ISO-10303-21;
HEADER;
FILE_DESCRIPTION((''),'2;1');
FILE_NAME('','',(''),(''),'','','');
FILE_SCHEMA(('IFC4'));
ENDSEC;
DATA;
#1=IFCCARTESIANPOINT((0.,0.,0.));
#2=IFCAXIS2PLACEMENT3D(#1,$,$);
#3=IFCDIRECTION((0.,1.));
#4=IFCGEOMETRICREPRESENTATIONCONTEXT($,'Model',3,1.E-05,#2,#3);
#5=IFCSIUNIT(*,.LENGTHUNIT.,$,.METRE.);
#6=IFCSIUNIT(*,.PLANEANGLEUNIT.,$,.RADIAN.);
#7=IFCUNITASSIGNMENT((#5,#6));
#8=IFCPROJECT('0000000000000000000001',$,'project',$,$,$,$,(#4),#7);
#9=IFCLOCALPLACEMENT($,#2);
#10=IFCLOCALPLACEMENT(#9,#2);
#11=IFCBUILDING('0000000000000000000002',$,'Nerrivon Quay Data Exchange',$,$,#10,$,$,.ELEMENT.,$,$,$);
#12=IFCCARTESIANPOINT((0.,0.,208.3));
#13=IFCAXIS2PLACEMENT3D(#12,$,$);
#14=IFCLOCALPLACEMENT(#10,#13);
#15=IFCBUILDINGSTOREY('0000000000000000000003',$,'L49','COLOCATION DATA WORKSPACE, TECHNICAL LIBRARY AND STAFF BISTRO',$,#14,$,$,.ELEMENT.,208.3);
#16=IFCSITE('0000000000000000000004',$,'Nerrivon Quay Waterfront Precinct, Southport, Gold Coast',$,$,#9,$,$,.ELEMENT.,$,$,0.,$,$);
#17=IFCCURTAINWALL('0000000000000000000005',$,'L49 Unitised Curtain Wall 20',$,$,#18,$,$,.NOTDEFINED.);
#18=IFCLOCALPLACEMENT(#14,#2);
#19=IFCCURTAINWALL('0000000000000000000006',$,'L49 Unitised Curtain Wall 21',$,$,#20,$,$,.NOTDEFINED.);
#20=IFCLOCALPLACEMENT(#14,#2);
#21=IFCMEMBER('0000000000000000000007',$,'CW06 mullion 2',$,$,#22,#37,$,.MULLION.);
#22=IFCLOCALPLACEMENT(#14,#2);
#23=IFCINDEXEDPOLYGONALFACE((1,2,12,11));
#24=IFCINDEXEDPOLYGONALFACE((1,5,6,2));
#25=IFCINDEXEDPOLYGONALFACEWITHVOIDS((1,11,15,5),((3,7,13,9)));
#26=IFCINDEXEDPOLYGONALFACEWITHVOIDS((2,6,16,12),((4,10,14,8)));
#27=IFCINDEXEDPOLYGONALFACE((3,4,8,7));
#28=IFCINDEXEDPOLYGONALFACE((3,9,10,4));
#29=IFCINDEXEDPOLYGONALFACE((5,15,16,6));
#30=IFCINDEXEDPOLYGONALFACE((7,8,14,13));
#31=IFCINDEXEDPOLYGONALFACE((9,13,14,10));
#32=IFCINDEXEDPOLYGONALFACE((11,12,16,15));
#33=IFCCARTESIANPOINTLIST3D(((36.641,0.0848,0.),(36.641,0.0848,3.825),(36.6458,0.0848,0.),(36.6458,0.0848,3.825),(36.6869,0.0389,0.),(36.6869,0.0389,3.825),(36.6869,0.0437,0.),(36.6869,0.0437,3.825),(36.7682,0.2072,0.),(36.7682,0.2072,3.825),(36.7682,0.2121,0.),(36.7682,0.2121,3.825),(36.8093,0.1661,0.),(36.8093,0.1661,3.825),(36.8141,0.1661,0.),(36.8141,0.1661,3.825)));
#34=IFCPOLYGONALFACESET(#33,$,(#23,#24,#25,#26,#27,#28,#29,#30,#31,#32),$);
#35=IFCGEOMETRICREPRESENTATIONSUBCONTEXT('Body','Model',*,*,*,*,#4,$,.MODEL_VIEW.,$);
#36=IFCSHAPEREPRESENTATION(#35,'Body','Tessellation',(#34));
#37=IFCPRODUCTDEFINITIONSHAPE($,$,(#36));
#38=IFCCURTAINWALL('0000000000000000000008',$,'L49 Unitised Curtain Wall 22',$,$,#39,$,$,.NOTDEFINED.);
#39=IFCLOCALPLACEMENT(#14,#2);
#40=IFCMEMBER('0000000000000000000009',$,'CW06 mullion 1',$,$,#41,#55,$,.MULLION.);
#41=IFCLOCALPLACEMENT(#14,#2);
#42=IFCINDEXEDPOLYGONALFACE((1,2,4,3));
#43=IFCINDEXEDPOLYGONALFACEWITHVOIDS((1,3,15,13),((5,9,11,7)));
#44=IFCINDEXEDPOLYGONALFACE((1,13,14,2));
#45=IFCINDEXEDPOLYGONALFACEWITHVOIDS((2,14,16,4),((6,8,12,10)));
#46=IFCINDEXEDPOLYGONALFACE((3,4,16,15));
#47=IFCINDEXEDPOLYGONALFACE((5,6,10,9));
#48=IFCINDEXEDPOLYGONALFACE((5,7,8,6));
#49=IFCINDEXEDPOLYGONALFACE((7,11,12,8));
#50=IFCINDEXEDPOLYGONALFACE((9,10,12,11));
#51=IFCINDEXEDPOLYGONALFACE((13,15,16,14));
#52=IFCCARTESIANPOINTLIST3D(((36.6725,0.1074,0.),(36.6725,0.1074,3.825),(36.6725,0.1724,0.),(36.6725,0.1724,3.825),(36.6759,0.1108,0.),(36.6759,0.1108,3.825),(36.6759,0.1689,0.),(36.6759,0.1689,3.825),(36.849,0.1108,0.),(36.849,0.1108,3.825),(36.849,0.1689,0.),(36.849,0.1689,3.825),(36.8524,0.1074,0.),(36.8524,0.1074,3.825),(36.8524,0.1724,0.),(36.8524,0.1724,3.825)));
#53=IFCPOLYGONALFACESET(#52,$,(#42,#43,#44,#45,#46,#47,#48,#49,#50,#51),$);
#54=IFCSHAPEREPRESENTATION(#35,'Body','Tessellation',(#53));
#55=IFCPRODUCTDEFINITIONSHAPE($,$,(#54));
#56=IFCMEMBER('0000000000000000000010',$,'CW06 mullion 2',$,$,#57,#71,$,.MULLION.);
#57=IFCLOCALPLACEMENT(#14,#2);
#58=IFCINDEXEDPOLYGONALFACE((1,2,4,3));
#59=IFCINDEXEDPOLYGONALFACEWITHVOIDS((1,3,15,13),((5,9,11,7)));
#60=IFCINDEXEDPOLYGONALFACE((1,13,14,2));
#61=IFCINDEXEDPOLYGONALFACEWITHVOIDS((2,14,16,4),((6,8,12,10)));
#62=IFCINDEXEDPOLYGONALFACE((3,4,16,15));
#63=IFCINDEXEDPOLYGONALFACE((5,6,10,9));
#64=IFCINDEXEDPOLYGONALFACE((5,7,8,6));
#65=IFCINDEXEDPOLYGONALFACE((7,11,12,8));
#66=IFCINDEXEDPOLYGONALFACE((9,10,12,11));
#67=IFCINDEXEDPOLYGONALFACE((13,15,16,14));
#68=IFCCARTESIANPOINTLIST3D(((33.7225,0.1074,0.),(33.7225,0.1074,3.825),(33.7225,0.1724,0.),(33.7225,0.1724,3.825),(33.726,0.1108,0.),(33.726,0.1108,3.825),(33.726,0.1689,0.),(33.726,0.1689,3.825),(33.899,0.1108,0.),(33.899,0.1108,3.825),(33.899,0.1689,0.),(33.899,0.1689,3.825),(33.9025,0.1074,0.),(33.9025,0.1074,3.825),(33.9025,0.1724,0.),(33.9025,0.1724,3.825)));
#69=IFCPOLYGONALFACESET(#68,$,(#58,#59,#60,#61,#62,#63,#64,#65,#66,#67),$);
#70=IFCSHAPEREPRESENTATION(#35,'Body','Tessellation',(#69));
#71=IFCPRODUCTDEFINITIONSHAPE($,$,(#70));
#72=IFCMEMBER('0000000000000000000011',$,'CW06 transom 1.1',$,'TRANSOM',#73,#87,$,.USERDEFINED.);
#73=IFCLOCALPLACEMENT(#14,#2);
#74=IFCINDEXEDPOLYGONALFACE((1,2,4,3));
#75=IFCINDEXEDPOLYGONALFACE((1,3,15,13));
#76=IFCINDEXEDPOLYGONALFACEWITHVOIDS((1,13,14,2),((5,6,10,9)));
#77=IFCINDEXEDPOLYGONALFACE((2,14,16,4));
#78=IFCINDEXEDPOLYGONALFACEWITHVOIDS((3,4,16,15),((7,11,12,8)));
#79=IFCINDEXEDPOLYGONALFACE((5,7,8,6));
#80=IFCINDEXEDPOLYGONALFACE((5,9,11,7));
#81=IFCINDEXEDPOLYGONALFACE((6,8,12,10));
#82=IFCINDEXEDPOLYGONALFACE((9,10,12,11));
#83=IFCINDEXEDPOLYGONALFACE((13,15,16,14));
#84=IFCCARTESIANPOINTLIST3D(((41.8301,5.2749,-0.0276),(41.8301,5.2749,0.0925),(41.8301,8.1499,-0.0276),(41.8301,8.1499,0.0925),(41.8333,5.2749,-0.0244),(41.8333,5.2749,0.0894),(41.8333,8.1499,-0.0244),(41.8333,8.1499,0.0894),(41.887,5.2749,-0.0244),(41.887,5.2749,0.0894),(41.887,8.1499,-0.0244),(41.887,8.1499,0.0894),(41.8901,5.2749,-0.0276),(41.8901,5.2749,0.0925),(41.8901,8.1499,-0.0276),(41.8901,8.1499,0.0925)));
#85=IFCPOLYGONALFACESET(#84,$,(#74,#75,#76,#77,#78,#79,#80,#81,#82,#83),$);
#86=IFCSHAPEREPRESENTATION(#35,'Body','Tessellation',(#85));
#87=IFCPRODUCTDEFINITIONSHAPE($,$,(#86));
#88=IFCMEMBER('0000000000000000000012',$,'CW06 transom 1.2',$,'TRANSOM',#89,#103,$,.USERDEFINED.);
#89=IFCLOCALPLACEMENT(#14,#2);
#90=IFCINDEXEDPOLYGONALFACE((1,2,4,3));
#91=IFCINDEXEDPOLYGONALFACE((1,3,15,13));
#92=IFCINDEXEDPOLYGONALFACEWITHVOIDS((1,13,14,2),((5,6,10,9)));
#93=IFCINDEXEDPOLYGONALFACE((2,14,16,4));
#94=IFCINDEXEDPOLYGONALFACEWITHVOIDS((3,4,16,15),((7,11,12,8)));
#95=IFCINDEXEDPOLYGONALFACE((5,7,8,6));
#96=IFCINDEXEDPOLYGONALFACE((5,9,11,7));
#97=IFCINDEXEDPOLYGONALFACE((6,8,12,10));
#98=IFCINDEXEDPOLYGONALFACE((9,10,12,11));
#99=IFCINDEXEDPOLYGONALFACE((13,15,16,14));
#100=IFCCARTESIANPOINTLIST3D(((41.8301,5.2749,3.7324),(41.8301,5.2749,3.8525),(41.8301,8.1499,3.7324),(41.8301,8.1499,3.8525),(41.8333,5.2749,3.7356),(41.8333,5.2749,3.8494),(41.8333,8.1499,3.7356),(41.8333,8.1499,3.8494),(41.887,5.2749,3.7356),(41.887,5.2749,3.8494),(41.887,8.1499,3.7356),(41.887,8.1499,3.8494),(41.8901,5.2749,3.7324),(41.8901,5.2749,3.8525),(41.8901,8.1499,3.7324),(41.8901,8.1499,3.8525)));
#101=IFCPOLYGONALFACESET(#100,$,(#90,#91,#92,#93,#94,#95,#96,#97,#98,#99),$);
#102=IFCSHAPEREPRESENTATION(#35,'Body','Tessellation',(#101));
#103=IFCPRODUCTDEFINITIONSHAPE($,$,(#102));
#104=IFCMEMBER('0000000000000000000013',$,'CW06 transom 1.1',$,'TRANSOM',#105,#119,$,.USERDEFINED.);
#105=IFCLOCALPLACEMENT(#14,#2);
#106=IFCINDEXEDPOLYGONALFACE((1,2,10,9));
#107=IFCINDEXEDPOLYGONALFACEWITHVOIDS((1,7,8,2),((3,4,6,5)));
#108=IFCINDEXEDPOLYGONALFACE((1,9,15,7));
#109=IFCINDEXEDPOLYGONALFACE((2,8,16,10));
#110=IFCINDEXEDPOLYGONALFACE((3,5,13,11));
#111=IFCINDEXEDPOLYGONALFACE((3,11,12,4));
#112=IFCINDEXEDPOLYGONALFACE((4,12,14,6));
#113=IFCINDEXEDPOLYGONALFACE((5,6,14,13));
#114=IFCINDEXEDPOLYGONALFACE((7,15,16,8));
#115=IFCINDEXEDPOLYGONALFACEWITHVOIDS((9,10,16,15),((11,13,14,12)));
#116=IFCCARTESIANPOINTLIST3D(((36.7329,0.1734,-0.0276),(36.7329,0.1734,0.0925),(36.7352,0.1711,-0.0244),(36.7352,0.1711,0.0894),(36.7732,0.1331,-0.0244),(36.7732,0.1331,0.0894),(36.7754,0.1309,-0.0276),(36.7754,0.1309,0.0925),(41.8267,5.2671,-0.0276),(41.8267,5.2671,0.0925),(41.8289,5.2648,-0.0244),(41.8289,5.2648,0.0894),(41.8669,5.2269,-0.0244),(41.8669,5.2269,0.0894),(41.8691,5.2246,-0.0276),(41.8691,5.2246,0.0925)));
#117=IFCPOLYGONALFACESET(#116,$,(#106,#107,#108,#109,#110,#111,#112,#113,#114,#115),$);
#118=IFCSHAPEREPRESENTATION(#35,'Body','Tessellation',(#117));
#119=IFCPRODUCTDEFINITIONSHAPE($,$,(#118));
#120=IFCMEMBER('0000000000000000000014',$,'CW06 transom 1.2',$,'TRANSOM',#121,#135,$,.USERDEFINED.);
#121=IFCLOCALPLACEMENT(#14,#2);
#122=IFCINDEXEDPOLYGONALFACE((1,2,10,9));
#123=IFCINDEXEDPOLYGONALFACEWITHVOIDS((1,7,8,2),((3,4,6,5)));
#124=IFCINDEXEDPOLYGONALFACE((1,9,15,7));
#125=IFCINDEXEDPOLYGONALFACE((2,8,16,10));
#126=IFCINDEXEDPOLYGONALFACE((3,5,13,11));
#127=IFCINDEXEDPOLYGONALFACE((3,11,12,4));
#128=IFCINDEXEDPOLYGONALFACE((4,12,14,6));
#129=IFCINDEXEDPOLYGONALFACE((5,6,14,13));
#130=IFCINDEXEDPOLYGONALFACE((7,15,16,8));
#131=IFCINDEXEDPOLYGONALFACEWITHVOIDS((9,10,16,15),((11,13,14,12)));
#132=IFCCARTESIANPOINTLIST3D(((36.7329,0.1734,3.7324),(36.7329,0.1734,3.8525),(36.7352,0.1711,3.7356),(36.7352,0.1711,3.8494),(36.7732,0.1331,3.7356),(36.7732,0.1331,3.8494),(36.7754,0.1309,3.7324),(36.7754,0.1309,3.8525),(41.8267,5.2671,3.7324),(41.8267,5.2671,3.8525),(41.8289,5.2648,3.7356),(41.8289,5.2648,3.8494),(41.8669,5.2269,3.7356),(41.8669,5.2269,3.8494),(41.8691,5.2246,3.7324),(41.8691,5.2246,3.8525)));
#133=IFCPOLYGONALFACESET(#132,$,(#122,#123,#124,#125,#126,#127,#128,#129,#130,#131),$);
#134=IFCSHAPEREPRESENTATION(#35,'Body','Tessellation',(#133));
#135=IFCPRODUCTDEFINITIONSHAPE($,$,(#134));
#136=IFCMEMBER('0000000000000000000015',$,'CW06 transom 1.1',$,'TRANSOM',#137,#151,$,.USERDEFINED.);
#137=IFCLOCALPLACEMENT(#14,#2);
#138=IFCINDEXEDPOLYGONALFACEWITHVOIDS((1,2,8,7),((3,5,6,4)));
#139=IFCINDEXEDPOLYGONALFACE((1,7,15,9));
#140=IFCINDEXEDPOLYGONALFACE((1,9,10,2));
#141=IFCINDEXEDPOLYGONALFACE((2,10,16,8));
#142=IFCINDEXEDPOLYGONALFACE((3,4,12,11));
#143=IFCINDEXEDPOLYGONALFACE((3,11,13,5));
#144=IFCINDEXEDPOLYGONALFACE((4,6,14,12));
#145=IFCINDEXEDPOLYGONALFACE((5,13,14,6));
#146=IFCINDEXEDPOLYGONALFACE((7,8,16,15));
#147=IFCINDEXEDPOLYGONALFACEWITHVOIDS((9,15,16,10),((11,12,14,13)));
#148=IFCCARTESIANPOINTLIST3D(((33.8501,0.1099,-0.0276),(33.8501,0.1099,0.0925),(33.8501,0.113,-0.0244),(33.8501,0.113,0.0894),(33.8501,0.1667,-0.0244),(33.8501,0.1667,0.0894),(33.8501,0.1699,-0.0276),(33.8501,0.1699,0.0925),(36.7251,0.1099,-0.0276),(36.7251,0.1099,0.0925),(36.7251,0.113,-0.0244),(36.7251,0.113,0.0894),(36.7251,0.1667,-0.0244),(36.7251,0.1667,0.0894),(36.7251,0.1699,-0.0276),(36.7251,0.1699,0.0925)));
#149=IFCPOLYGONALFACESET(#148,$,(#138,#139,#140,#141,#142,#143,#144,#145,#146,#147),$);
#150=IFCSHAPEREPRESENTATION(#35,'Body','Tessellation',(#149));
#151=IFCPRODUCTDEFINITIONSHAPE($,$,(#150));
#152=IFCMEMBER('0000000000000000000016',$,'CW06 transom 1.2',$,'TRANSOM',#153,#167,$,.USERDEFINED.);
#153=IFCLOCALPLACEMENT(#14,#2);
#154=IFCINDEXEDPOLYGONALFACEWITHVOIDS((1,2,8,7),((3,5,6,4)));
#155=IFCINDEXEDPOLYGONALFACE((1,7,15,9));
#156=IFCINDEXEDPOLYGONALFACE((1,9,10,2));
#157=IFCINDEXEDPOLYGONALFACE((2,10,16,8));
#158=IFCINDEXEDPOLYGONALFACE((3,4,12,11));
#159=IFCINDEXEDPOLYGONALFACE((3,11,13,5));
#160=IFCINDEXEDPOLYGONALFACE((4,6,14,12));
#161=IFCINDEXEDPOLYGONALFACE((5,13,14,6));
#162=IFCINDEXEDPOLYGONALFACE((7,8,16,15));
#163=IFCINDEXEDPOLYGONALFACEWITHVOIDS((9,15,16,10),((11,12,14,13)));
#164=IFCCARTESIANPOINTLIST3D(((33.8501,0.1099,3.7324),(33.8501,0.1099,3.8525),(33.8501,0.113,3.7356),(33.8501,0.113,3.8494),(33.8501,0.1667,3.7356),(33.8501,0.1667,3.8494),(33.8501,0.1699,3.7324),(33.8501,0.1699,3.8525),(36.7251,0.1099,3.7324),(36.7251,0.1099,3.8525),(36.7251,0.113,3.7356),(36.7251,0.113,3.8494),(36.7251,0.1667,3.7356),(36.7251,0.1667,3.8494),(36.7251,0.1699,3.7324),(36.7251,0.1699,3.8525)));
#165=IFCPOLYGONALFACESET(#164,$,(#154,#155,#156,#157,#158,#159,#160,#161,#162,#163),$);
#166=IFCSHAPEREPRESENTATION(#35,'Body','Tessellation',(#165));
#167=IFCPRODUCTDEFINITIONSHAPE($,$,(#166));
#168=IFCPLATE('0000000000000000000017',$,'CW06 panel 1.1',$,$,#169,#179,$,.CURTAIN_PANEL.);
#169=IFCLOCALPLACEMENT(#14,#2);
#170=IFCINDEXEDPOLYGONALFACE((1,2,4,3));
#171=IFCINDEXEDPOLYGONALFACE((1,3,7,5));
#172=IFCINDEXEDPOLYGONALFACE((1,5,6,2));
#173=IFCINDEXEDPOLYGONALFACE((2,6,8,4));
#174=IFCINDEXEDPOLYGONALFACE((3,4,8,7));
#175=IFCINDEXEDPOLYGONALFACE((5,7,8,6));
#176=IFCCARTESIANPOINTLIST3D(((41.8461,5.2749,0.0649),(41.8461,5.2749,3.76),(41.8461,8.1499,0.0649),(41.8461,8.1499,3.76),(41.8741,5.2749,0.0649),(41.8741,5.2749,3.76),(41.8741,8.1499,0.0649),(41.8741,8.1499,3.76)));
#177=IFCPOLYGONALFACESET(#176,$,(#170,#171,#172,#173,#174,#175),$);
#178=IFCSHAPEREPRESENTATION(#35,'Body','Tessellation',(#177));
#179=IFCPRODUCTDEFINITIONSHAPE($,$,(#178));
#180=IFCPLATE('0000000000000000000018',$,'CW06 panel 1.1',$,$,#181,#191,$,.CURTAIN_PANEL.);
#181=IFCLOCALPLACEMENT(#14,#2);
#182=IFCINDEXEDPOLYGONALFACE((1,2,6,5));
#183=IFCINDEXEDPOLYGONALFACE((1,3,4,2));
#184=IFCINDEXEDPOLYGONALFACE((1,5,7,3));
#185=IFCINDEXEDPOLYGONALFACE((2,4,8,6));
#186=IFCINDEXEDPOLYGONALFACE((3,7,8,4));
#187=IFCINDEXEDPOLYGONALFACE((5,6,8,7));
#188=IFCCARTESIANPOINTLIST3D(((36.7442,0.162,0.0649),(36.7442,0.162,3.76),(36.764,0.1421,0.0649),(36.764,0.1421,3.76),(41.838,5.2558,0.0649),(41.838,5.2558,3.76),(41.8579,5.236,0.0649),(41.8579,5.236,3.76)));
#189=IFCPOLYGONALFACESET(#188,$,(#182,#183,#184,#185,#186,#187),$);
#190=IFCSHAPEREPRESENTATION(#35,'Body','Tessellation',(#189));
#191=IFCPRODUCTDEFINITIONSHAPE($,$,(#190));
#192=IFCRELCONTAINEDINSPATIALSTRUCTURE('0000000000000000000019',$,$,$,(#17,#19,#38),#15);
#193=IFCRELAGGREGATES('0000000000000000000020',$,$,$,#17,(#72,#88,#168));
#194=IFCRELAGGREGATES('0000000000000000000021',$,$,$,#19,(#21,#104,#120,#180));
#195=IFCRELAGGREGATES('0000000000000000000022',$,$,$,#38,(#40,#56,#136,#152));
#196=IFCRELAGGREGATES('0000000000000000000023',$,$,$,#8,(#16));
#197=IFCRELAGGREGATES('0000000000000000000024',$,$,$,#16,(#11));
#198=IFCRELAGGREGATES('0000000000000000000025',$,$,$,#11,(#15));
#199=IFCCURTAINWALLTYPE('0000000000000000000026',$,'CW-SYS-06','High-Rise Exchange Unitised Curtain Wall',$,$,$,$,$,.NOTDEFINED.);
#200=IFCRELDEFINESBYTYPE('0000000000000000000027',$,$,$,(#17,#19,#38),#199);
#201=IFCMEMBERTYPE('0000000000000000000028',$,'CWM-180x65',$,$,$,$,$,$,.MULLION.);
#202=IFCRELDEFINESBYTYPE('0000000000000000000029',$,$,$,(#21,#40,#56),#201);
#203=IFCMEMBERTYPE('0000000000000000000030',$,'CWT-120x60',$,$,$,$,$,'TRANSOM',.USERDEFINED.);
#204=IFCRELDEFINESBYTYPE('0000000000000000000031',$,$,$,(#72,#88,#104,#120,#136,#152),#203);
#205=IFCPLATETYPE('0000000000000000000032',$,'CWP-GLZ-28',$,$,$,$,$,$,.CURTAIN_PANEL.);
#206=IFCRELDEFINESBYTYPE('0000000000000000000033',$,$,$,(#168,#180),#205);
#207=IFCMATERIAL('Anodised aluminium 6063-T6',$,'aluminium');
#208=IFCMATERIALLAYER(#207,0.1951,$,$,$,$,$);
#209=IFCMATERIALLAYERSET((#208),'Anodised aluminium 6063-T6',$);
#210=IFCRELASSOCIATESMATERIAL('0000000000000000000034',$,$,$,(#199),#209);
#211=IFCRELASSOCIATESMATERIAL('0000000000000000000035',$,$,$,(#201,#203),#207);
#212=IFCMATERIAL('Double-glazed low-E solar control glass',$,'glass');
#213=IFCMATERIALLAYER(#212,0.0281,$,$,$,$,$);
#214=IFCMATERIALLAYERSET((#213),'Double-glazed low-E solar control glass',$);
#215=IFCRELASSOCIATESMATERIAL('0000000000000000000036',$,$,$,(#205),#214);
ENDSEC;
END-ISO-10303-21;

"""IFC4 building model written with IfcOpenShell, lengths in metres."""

from ifc_helpers import new_model, si_unit, direction, frame, origin, origin_2d, place, context, subcontext, project, spatial, rectangle, hollow_rectangle, extrude, material, layer, layer_set, material_profile, profile_set, type_object, element, aggregate, save


model = new_model("IFC4")

# Units and contexts
model_context = context("Model", 3, precision=1e-05, world=origin(), true_north=direction((0.0, 1.0)))
body_context = subcontext(model_context, "Body", "Model", "MODEL_VIEW")
ifc_project = project(units=[si_unit("LENGTHUNIT", "METRE"), si_unit("PLANEANGLEUNIT", "RADIAN")], contexts=[model_context])

# Site, building, storey
site_placement = place(None, origin())
site = spatial("IfcSite", under=ifc_project, at=site_placement, Name="Nerrivon Quay Waterfront Precinct, Southport, Gold Coast", CompositionType="ELEMENT", RefElevation=0.0)
building_placement = place(site_placement, origin())
building = spatial("IfcBuilding", under=site, at=building_placement, Name="Nerrivon Quay Data Exchange", CompositionType="ELEMENT")
storey_placement = place(building_placement, frame((0.0, 0.0, 208.3)))
storey = spatial("IfcBuildingStorey", under=building, at=storey_placement, Name="L49", Description="COLOCATION DATA WORKSPACE, TECHNICAL LIBRARY AND STAFF BISTRO", CompositionType="ELEMENT", Elevation=208.3)

# Curtain walls, members
ifc_material_1 = material(Name="Anodised aluminium 6063-T6", Category="aluminium")
ifc_layer_1 = layer(ifc_material_1, 0.1951)
ifc_layer_set_1 = layer_set([ifc_layer_1], Name="Anodised aluminium 6063-T6")
curtain_wall_type = type_object("IfcCurtainWallType", Name="CW-SYS-06", Description="High-Rise Exchange Unitised Curtain Wall", PredefinedType="NOTDEFINED", material=ifc_layer_set_1)
curtain_wall_1_placement = place(storey_placement, origin())
curtain_wall_1 = element("IfcCurtainWall", 1, at=curtain_wall_1_placement, inside=storey, type_object=curtain_wall_type, Name="L49 Unitised Curtain Wall 20", PredefinedType="NOTDEFINED")
ifc_material_profile_1 = material_profile(ifc_material_1, hollow_rectangle(XDim=0.0649, YDim=0.1799, WallThickness=0.0034, at=origin_2d()), Name="ALU-MULL-180x65")
ifc_profile_set_1 = profile_set([ifc_material_profile_1], Name="Anodised aluminium 6063-T6")
member_type_1 = type_object("IfcMemberType", Name="CWM-180x65", PredefinedType="MULLION", material=ifc_profile_set_1)
curtain_wall_2_placement = place(storey_placement, origin())
curtain_wall_2 = element("IfcCurtainWall", 2, at=curtain_wall_2_placement, inside=storey, type_object=curtain_wall_type, Name="L49 Unitised Curtain Wall 21", PredefinedType="NOTDEFINED")
member_1_placement = place(storey_placement, frame((36.7275, 0.1255, 0.0), z_axis=(0.0, 0.0, 1.0), x_axis=(0.707107, -0.707107, 0.0)))
member_1 = element("IfcMember", 3, at=member_1_placement, type_object=member_type_1, Name="CW06 mullion 2", PredefinedType="MULLION", context=body_context, shape_type="SweptSolid", body=[
    extrude(hollow_rectangle(XDim=0.0649, YDim=0.1799, WallThickness=0.0034, at=origin_2d()), origin(), (0.0, 0.0, 1.0), 3.825),
])
curtain_wall_3_placement = place(storey_placement, origin())
curtain_wall_3 = element("IfcCurtainWall", 4, at=curtain_wall_3_placement, inside=storey, type_object=curtain_wall_type, Name="L49 Unitised Curtain Wall 22", PredefinedType="NOTDEFINED")
member_2_placement = place(storey_placement, frame((36.7625, 0.1399, 0.0), z_axis=(0.0, 0.0, 1.0), x_axis=(0.0, -1.0, 0.0)))
member_2 = element("IfcMember", 5, at=member_2_placement, type_object=member_type_1, Name="CW06 mullion 1", PredefinedType="MULLION", context=body_context, shape_type="SweptSolid", body=[
    extrude(hollow_rectangle(XDim=0.0649, YDim=0.1799, WallThickness=0.0034, at=origin_2d()), origin(), (0.0, 0.0, 1.0), 3.825),
])
member_3_placement = place(storey_placement, frame((33.8125, 0.1399, 0.0), z_axis=(0.0, 0.0, 1.0), x_axis=(0.0, -1.0, 0.0)))
member_3 = element("IfcMember", 6, at=member_3_placement, type_object=member_type_1, Name="CW06 mullion 2", PredefinedType="MULLION", context=body_context, shape_type="SweptSolid", body=[
    extrude(hollow_rectangle(XDim=0.0649, YDim=0.1799, WallThickness=0.0034, at=origin_2d()), origin(), (0.0, 0.0, 1.0), 3.825),
])

# Members
ifc_material_profile_2 = material_profile(ifc_material_1, hollow_rectangle(XDim=0.0601, YDim=0.1201, WallThickness=0.0032, at=origin_2d()), Name="ALU-TRAN-120x60")
ifc_profile_set_2 = profile_set([ifc_material_profile_2], Name="Anodised aluminium 6063-T6")
member_type_2 = type_object("IfcMemberType", Name="CWT-120x60", ElementType="TRANSOM", PredefinedType="USERDEFINED", material=ifc_profile_set_2)
member_4_placement = place(storey_placement, frame((41.8601, 8.1499, 0.0325), z_axis=(0.0, -1.0, 0.0), x_axis=(1.0, 0.0, 0.0)))
member_4 = element("IfcMember", 7, at=member_4_placement, type_object=member_type_2, Name="CW06 transom 1.1", ObjectType="TRANSOM", PredefinedType="USERDEFINED", context=body_context, shape_type="SweptSolid", body=[
    extrude(hollow_rectangle(XDim=0.0601, YDim=0.1201, WallThickness=0.0032, at=origin_2d()), origin(), (0.0, 0.0, 1.0), 2.875),
])
member_5_placement = place(storey_placement, frame((41.8601, 8.1499, 3.7925), z_axis=(0.0, -1.0, 0.0), x_axis=(1.0, 0.0, 0.0)))
member_5 = element("IfcMember", 8, at=member_5_placement, type_object=member_type_2, Name="CW06 transom 1.2", ObjectType="TRANSOM", PredefinedType="USERDEFINED", context=body_context, shape_type="SweptSolid", body=[
    extrude(hollow_rectangle(XDim=0.0601, YDim=0.1201, WallThickness=0.0032, at=origin_2d()), origin(), (0.0, 0.0, 1.0), 2.875),
])
member_6_placement = place(storey_placement, frame((41.8479, 5.2458, 0.0325), z_axis=(-0.707107, -0.707107, 0.0), x_axis=(0.707107, -0.707107, 0.0)))
member_6 = element("IfcMember", 9, at=member_6_placement, type_object=member_type_2, Name="CW06 transom 1.1", ObjectType="TRANSOM", PredefinedType="USERDEFINED", context=body_context, shape_type="SweptSolid", body=[
    extrude(hollow_rectangle(XDim=0.0601, YDim=0.1201, WallThickness=0.0032, at=origin_2d()), origin(), (0.0, 0.0, 1.0), 7.2036),
])
member_7_placement = place(storey_placement, frame((41.8479, 5.2458, 3.7925), z_axis=(-0.707107, -0.707107, 0.0), x_axis=(0.707107, -0.707107, 0.0)))
member_7 = element("IfcMember", 10, at=member_7_placement, type_object=member_type_2, Name="CW06 transom 1.2", ObjectType="TRANSOM", PredefinedType="USERDEFINED", context=body_context, shape_type="SweptSolid", body=[
    extrude(hollow_rectangle(XDim=0.0601, YDim=0.1201, WallThickness=0.0032, at=origin_2d()), origin(), (0.0, 0.0, 1.0), 7.2036),
])
member_8_placement = place(storey_placement, frame((36.7251, 0.1399, 0.0325), z_axis=(-1.0, 0.0, 0.0), x_axis=(0.0, -1.0, 0.0)))
member_8 = element("IfcMember", 11, at=member_8_placement, type_object=member_type_2, Name="CW06 transom 1.1", ObjectType="TRANSOM", PredefinedType="USERDEFINED", context=body_context, shape_type="SweptSolid", body=[
    extrude(hollow_rectangle(XDim=0.0601, YDim=0.1201, WallThickness=0.0032, at=origin_2d()), origin(), (0.0, 0.0, 1.0), 2.875),
])
member_9_placement = place(storey_placement, frame((36.7251, 0.1399, 3.7925), z_axis=(-1.0, 0.0, 0.0), x_axis=(0.0, -1.0, 0.0)))
member_9 = element("IfcMember", 12, at=member_9_placement, type_object=member_type_2, Name="CW06 transom 1.2", ObjectType="TRANSOM", PredefinedType="USERDEFINED", context=body_context, shape_type="SweptSolid", body=[
    extrude(hollow_rectangle(XDim=0.0601, YDim=0.1201, WallThickness=0.0032, at=origin_2d()), origin(), (0.0, 0.0, 1.0), 2.875),
])

# Plates
ifc_material_2 = material(Name="Double-glazed low-E solar control glass", Category="glass")
ifc_layer_2 = layer(ifc_material_2, 0.0281)
ifc_layer_set_2 = layer_set([ifc_layer_2], Name="Double-glazed low-E solar control glass")
plate_type = type_object("IfcPlateType", Name="CWP-GLZ-28", PredefinedType="CURTAIN_PANEL", material=ifc_layer_set_2)
plate_1_placement = place(storey_placement, frame((41.8601, 6.7124, 0.0649), z_axis=(0.0, 0.0, 1.0), x_axis=(0.0, -1.0, 0.0)))
plate_1 = element("IfcPlate", 13, at=plate_1_placement, type_object=plate_type, Name="CW06 panel 1.1", PredefinedType="CURTAIN_PANEL", context=body_context, shape_type="SweptSolid", body=[
    extrude(rectangle(XDim=2.875, YDim=0.0281, at=origin_2d()), origin(), (0.0, 0.0, 1.0), 3.6951),
])
aggregate(curtain_wall_1, [member_4, member_5, plate_1])
plate_2_placement = place(storey_placement, frame((39.301, 2.699, 0.0649), z_axis=(0.0, 0.0, 1.0), x_axis=(-0.707107, -0.707107, 0.0)))
plate_2 = element("IfcPlate", 14, at=plate_2_placement, type_object=plate_type, Name="CW06 panel 1.1", PredefinedType="CURTAIN_PANEL", context=body_context, shape_type="SweptSolid", body=[
    extrude(rectangle(XDim=7.2039, YDim=0.0281, at=origin_2d()), origin(), (0.0, 0.0, 1.0), 3.6951),
])
aggregate(curtain_wall_2, [member_1, member_6, member_7, plate_2])
aggregate(curtain_wall_3, [member_2, member_3, member_8, member_9])

save(model, "model.ifc")
